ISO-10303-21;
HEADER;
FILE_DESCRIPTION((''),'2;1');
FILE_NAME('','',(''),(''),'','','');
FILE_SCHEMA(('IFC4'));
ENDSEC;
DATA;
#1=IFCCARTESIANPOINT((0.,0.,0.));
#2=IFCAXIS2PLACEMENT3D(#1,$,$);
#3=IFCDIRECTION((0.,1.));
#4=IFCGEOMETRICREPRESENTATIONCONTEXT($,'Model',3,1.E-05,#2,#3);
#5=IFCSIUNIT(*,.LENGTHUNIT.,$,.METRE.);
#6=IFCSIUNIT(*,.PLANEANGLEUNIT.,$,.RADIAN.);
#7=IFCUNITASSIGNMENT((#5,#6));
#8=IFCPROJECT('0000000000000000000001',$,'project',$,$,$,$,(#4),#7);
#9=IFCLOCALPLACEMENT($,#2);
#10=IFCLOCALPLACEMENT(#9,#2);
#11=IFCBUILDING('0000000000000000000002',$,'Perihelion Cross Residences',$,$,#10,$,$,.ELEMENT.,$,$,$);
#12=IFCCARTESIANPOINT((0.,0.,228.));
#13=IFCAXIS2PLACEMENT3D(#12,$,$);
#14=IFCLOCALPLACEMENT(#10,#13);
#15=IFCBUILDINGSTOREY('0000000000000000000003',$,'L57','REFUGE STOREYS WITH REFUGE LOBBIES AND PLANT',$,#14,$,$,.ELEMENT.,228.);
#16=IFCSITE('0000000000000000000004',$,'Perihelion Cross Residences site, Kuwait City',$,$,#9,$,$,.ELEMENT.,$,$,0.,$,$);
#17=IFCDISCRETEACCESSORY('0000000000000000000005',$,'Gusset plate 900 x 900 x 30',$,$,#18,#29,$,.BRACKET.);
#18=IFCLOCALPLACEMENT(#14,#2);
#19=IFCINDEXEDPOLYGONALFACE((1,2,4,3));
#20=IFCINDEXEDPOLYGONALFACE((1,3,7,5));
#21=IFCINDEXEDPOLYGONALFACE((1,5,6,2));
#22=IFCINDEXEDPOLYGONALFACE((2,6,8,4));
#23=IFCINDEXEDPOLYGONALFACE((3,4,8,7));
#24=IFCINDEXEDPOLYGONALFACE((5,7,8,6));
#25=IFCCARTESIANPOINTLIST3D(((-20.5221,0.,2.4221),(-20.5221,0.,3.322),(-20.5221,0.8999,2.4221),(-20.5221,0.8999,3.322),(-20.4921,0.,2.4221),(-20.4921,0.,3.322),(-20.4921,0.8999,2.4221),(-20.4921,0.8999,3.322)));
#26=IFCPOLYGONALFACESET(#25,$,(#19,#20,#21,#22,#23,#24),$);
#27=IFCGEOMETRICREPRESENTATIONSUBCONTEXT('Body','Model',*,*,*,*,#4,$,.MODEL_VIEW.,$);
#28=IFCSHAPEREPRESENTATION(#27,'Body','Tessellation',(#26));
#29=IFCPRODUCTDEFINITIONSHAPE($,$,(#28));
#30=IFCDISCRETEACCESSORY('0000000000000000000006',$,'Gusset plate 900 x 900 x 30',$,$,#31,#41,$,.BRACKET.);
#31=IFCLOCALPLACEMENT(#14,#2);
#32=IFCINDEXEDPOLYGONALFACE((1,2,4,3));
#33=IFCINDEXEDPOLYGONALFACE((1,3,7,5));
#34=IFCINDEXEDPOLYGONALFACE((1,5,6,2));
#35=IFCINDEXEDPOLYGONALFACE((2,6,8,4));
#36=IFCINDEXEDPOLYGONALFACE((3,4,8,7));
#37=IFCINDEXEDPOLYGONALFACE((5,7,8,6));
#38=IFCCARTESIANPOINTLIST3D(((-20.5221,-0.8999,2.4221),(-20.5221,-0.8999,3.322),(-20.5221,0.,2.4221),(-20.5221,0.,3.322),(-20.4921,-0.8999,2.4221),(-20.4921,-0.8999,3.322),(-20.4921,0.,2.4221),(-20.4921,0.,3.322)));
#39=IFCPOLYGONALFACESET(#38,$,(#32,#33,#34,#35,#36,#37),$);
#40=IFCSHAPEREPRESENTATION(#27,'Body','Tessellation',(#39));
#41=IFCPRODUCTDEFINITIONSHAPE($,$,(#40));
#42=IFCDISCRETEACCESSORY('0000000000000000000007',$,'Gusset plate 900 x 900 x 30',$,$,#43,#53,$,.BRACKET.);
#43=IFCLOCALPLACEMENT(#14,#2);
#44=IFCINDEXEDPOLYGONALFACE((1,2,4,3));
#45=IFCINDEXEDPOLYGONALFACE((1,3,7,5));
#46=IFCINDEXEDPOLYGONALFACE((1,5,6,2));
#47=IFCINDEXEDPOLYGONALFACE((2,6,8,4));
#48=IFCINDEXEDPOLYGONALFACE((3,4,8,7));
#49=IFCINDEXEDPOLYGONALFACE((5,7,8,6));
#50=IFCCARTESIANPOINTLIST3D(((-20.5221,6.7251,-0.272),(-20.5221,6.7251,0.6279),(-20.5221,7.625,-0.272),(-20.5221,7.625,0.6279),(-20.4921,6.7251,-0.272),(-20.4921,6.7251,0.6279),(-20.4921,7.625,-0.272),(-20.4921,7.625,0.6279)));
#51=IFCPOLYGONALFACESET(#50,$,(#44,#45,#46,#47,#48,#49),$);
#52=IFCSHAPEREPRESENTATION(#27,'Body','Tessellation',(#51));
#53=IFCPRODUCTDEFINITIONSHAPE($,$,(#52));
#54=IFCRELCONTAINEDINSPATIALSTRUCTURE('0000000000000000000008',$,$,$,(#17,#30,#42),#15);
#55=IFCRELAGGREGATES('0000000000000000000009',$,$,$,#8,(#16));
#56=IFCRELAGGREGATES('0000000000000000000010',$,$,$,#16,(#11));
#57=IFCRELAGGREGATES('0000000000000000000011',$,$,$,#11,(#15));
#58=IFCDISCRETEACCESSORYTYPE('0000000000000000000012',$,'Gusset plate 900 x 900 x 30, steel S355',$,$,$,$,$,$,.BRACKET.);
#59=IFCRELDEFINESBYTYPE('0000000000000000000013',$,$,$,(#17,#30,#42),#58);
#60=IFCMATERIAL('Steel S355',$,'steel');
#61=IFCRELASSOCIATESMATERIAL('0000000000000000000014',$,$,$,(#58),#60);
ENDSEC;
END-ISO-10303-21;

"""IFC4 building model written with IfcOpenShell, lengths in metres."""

from ifc_helpers import new_model, si_unit, direction, frame, origin, origin_2d, place, context, subcontext, project, spatial, rectangle, extrude, material, type_object, element, save


model = new_model("IFC4")

# Units and contexts
model_context = context("Model", 3, precision=1e-05, world=origin(), true_north=direction((0.0, 1.0)))
body_context = subcontext(model_context, "Body", "Model", "MODEL_VIEW")
ifc_project = project(units=[si_unit("LENGTHUNIT", "METRE"), si_unit("PLANEANGLEUNIT", "RADIAN")], contexts=[model_context])

# Site, building, storey
site_placement = place(None, origin())
site = spatial("IfcSite", under=ifc_project, at=site_placement, Name="Perihelion Cross Residences site, Kuwait City", CompositionType="ELEMENT", RefElevation=0.0)
building_placement = place(site_placement, origin())
building = spatial("IfcBuilding", under=site, at=building_placement, Name="Perihelion Cross Residences", CompositionType="ELEMENT")
storey_placement = place(building_placement, frame((0.0, 0.0, 228.0)))
storey = spatial("IfcBuildingStorey", under=building, at=storey_placement, Name="L57", Description="REFUGE STOREYS WITH REFUGE LOBBIES AND PLANT", CompositionType="ELEMENT", Elevation=228.0)

# Discrete accessories
ifc_material_1 = material(Name="Steel S355", Category="steel")
discrete_accessory_type = type_object("IfcDiscreteAccessoryType", Name="Gusset plate 900 x 900 x 30, steel S355", PredefinedType="BRACKET", material=ifc_material_1)
for number, where, z_axis, x_axis, name in (
    (1, (-20.5071, 0.45, 2.4221), (0.0, 0.0, 1.0), (0.0, 1.0, 0.0), "Gusset plate 900 x 900 x 30"),
    (2, (-20.5071, -0.45, 2.4221), (0.0, 0.0, 1.0), (0.0, -1.0, 0.0), "Gusset plate 900 x 900 x 30"),
    (3, (-20.5071, 7.175, -0.272), (0.0, 0.0, 1.0), (0.0, -1.0, 0.0), "Gusset plate 900 x 900 x 30"),
):
    element("IfcDiscreteAccessory", number, at=place(storey_placement, frame(where, z_axis=z_axis, x_axis=x_axis)), inside=storey, type_object=discrete_accessory_type, Name=name, PredefinedType="BRACKET", context=body_context, shape_type="SweptSolid", body=[
        extrude(rectangle(XDim=0.8999, YDim=0.03, at=origin_2d()), origin(), (0.0, 0.0, 1.0), 0.8999),
    ])

save(model, "model.ifc")
